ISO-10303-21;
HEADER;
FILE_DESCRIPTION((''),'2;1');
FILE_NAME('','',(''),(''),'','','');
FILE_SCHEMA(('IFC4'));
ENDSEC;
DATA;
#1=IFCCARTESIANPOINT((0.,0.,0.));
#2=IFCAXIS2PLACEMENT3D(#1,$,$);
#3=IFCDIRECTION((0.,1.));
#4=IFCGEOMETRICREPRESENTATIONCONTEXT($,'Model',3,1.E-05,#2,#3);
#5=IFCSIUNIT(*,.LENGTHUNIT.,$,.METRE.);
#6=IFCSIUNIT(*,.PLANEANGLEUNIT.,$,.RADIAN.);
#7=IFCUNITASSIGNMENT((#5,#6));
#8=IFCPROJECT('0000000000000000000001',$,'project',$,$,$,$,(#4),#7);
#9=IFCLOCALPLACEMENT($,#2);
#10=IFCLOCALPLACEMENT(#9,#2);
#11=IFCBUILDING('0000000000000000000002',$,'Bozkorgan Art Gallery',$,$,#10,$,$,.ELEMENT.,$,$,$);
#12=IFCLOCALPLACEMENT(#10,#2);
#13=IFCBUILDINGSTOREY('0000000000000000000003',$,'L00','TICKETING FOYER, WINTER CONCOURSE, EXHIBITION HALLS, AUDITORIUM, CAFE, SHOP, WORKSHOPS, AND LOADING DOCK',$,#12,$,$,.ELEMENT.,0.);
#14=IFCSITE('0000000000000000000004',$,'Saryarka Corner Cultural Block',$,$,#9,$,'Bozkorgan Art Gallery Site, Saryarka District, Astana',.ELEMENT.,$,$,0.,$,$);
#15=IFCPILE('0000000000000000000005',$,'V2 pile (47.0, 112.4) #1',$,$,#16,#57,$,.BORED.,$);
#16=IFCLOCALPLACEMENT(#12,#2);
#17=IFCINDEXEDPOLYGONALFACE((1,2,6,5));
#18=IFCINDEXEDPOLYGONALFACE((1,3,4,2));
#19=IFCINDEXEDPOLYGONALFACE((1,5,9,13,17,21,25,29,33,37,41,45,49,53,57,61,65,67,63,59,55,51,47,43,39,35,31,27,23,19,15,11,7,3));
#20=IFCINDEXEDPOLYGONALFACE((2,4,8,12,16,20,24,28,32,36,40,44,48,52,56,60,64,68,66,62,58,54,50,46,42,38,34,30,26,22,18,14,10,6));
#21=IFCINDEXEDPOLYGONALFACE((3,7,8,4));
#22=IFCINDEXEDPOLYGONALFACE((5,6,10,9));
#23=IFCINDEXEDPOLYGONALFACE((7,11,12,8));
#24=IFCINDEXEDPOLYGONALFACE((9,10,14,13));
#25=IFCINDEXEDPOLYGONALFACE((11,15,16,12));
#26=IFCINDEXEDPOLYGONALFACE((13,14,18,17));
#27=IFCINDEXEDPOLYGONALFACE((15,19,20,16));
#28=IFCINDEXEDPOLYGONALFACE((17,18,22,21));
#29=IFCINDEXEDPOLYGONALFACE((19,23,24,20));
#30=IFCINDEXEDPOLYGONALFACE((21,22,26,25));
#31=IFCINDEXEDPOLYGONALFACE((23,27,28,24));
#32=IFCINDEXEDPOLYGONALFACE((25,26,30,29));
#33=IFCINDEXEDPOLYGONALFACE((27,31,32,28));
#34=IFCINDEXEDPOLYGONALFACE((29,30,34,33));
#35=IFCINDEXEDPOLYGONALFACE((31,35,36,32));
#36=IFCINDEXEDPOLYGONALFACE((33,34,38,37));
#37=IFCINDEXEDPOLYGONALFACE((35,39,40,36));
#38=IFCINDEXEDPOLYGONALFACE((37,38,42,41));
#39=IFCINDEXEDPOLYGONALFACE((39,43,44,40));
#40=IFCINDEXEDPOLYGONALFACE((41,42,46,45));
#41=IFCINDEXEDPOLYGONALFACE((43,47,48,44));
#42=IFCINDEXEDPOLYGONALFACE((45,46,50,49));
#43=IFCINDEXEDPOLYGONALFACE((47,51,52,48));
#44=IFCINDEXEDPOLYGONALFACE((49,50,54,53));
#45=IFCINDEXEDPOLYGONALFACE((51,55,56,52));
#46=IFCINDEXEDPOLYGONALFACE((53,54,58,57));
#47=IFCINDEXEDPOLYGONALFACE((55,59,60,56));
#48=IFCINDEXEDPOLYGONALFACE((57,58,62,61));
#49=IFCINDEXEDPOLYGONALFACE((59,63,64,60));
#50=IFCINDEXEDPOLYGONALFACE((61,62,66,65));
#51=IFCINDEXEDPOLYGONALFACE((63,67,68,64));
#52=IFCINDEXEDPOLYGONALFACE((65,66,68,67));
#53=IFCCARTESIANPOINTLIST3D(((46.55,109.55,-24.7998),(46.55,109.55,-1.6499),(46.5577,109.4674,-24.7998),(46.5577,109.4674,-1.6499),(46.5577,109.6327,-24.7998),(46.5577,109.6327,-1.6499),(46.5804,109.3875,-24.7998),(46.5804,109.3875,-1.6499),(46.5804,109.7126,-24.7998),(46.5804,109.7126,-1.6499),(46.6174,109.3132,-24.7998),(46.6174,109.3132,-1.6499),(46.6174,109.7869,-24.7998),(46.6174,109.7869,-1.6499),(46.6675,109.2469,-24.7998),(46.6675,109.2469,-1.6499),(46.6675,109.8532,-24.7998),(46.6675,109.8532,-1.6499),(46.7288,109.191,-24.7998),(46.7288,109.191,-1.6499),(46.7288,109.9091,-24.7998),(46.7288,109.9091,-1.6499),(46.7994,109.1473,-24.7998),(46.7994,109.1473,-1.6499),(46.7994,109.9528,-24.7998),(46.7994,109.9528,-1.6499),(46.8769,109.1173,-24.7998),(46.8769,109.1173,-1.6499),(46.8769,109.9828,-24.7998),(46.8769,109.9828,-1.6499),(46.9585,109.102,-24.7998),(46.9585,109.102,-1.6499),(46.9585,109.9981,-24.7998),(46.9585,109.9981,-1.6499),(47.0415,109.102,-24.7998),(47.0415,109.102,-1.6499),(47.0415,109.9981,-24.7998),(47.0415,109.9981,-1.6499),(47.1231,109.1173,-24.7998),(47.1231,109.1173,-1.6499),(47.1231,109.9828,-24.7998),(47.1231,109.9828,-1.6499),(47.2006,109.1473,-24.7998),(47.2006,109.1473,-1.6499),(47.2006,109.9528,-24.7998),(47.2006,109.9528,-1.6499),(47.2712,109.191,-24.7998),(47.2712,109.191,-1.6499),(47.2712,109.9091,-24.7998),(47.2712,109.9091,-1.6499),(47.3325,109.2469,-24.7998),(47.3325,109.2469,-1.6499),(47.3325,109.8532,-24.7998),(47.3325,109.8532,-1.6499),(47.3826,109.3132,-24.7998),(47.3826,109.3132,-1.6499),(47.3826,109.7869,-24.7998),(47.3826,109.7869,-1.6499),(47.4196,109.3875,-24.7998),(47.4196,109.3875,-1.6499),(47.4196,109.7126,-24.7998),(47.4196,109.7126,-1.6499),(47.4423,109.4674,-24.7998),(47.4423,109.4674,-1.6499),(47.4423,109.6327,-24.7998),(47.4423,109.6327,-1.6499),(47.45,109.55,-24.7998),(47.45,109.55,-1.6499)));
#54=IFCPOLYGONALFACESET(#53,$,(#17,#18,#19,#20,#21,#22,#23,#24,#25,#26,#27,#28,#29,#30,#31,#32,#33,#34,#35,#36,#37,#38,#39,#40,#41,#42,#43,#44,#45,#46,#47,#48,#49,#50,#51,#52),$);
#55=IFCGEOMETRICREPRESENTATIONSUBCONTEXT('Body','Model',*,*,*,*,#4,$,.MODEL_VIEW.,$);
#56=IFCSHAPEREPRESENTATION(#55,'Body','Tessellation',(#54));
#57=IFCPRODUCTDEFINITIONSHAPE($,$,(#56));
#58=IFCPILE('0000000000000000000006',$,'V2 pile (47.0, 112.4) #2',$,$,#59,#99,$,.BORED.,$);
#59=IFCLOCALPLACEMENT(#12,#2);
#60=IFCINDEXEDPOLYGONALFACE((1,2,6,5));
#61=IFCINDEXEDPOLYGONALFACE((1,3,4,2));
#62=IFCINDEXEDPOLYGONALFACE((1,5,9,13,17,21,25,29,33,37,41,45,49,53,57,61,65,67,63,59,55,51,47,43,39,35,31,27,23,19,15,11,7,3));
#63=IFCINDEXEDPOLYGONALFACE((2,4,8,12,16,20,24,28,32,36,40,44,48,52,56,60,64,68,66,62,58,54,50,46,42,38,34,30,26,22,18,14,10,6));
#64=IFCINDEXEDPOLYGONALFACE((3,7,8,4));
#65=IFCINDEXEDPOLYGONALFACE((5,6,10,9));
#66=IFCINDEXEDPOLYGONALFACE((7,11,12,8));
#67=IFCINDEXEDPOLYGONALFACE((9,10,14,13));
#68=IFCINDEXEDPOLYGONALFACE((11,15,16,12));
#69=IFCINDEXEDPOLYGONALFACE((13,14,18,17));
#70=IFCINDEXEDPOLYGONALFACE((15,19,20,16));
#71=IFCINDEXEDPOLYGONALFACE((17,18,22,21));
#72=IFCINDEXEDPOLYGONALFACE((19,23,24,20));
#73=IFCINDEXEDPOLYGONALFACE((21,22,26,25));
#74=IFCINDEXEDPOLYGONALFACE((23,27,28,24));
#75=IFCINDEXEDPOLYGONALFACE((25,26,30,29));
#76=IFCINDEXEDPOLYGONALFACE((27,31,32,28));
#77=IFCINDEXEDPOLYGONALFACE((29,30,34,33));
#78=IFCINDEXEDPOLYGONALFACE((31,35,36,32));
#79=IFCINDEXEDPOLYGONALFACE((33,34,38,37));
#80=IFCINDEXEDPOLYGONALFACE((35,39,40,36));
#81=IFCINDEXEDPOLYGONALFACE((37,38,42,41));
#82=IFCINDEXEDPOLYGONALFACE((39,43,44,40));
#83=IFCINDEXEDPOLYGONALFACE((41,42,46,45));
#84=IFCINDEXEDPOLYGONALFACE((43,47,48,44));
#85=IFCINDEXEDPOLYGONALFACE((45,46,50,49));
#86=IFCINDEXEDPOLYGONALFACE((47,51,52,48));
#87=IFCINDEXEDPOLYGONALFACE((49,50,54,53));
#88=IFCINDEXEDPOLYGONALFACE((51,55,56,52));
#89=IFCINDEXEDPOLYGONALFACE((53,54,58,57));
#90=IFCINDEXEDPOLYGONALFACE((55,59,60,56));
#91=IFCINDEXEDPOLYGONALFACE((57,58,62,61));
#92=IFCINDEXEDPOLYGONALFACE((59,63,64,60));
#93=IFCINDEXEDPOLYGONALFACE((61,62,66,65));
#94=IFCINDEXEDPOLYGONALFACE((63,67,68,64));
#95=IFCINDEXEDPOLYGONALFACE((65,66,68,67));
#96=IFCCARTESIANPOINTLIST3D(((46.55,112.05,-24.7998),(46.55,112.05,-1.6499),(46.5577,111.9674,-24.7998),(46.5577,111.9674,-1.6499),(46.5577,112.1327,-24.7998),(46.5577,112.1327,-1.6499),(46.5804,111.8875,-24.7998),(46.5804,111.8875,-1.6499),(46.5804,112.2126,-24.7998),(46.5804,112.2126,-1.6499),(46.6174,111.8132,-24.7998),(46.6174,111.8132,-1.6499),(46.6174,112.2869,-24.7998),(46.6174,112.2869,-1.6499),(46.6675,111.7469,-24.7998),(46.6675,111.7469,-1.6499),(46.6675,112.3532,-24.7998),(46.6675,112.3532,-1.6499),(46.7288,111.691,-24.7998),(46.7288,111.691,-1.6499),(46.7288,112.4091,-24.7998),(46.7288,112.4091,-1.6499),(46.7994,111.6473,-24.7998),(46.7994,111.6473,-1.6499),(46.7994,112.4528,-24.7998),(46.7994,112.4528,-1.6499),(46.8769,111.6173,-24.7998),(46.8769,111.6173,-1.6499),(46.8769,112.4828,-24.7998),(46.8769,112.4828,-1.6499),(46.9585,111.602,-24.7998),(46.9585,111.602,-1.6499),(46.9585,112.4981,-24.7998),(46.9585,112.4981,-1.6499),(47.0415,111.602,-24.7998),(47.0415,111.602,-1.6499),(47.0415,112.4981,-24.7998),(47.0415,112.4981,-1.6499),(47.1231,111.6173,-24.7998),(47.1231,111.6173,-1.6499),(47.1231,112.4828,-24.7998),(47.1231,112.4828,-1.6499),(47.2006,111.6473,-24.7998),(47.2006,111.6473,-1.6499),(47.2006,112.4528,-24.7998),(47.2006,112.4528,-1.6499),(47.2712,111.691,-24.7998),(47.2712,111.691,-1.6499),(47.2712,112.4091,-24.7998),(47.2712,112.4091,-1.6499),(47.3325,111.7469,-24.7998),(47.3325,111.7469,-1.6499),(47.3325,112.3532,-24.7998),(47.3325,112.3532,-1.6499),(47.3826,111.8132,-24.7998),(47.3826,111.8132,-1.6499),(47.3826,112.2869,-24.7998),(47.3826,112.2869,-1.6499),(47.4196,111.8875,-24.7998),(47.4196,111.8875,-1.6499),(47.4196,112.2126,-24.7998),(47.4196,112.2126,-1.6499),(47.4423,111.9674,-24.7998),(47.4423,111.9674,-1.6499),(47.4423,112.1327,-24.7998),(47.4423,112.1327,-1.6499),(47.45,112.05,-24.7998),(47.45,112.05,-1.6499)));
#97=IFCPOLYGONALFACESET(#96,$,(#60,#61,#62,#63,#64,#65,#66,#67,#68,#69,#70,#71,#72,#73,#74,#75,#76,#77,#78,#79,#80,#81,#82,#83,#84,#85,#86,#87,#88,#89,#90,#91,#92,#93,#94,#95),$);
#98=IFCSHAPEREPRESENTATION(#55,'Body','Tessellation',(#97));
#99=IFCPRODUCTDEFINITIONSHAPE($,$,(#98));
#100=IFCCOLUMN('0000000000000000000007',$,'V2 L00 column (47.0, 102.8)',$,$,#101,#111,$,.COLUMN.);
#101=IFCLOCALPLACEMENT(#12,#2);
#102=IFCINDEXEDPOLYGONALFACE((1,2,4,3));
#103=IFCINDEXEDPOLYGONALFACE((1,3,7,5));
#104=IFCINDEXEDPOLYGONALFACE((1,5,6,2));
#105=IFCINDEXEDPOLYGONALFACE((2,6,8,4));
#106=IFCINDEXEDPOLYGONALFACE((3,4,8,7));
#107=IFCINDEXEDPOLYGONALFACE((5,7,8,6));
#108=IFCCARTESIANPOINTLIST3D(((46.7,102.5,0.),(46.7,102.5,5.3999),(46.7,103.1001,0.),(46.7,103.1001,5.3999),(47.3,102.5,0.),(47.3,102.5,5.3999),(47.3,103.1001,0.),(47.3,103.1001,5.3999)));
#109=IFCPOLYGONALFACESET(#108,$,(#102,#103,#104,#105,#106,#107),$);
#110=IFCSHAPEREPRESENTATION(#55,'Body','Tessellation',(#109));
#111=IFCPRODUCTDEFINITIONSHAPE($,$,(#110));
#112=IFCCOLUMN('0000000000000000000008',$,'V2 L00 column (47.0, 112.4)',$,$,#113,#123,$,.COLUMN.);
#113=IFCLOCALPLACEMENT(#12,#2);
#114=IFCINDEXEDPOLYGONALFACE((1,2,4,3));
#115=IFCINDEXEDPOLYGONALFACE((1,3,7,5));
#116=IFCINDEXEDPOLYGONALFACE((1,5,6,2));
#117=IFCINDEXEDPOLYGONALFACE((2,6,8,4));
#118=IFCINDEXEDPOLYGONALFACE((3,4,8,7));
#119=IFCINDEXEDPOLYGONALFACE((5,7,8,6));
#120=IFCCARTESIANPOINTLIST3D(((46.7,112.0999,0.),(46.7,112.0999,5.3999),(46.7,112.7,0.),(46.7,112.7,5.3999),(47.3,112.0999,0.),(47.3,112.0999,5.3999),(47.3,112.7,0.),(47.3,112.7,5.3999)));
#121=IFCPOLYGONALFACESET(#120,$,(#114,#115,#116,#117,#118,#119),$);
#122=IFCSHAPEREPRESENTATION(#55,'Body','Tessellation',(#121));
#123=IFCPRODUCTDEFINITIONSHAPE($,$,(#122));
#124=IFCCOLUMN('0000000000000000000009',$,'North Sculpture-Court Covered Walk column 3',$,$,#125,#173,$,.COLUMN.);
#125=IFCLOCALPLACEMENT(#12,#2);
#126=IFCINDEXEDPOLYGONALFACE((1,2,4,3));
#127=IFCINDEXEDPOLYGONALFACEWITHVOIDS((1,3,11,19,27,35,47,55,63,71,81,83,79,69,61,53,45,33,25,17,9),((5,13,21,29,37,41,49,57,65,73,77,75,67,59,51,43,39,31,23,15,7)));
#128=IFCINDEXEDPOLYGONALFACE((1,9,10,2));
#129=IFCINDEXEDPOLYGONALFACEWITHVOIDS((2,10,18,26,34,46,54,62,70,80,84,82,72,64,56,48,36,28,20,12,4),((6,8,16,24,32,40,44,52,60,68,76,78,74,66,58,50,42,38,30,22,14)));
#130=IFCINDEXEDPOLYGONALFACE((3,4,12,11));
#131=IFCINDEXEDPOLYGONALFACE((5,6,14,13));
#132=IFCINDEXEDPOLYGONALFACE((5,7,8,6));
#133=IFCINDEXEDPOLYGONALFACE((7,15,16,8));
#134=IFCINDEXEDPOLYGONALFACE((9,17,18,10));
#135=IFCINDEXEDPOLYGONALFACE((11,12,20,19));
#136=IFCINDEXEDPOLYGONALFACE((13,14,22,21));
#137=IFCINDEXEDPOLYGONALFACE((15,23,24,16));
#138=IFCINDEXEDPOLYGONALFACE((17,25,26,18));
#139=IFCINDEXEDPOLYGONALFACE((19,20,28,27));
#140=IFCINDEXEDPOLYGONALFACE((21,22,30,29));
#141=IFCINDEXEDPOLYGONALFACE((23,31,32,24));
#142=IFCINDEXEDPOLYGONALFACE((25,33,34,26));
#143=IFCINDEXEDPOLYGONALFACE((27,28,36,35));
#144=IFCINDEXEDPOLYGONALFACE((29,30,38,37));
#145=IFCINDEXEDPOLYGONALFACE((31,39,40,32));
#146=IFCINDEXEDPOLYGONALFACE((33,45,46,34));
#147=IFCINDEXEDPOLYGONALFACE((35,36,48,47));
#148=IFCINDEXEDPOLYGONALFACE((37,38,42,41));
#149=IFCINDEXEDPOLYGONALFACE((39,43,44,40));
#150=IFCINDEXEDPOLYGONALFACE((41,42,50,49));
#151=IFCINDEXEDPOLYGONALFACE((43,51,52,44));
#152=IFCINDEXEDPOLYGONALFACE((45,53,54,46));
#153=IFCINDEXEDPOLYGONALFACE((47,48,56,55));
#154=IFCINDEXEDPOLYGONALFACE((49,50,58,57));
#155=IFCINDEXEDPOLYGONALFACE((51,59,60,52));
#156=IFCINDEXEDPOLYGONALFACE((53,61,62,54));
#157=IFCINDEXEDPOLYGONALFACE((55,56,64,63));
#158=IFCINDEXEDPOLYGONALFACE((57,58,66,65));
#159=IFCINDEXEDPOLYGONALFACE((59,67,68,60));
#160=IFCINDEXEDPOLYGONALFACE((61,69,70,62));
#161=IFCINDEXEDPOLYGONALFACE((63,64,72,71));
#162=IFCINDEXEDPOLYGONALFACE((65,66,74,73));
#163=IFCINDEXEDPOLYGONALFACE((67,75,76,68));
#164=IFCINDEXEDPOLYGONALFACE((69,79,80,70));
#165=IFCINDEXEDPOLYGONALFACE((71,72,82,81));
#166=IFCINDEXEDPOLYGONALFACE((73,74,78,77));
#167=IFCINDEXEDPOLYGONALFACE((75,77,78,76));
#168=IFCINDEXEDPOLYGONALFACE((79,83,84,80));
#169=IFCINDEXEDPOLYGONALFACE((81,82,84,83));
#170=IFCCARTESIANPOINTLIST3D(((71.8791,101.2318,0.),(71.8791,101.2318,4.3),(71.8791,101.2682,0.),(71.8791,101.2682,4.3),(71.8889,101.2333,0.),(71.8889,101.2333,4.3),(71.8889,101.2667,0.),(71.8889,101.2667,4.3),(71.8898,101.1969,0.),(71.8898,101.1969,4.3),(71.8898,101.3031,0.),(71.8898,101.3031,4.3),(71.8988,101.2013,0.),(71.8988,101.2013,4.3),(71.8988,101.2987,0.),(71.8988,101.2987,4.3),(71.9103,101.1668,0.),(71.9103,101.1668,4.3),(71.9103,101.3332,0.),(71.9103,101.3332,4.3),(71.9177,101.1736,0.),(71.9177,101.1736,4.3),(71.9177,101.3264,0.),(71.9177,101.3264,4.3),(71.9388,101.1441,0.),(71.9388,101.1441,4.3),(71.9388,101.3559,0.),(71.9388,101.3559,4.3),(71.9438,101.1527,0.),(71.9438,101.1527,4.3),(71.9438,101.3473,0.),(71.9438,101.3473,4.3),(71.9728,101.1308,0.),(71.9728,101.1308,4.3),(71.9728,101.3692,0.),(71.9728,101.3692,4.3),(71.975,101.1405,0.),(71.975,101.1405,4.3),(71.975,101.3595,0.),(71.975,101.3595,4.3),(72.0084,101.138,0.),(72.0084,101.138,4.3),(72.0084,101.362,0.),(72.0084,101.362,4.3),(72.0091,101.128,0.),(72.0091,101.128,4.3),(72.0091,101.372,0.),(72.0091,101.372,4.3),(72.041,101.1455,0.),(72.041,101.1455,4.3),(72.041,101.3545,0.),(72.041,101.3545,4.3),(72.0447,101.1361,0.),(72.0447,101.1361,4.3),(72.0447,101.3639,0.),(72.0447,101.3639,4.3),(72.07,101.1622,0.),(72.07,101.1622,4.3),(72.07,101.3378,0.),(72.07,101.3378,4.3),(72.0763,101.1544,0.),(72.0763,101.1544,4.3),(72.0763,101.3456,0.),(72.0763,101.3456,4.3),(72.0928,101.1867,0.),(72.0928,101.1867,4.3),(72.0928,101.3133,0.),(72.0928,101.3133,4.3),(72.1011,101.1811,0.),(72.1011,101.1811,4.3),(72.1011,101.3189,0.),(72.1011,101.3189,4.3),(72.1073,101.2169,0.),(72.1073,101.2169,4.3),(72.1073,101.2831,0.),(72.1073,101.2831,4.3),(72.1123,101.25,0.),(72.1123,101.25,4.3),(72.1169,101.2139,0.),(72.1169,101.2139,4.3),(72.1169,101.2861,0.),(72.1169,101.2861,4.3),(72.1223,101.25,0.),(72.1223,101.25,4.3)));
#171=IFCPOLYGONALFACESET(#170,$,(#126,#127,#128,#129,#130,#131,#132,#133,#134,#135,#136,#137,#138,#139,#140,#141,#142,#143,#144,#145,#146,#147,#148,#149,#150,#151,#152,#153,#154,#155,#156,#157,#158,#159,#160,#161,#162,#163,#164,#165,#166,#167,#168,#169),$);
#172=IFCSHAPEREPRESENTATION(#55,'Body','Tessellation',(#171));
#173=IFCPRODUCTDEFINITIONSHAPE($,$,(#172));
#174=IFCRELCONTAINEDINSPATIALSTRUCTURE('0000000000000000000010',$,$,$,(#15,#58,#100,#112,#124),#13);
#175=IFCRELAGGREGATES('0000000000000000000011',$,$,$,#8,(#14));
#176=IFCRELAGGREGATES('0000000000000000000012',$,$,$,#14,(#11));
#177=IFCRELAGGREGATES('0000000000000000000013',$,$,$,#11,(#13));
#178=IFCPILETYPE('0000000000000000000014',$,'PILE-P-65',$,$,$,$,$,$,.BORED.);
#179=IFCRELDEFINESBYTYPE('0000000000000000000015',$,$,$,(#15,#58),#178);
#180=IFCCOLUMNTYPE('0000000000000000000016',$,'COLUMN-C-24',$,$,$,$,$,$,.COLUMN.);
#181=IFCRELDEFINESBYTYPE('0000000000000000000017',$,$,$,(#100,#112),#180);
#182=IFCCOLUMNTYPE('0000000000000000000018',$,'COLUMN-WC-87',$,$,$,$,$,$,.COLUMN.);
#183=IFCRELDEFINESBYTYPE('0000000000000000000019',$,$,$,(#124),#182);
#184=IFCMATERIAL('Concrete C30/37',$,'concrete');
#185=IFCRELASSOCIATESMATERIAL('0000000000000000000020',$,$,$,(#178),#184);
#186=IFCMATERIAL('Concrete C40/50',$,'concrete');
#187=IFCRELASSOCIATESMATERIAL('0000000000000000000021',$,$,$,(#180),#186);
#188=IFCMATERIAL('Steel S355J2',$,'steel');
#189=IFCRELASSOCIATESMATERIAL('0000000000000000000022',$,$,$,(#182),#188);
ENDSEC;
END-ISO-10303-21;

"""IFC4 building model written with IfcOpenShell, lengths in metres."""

from ifc_helpers import new_model, si_unit, direction, frame, origin, origin_2d, place, context, subcontext, project, spatial, rectangle, circle, hollow_circle, extrude, material, material_profile, profile_set, type_object, element, save


model = new_model("IFC4")

# Units and contexts
model_context = context("Model", 3, precision=1e-05, world=origin(), true_north=direction((0.0, 1.0)))
body_context = subcontext(model_context, "Body", "Model", "MODEL_VIEW")
ifc_project = project(units=[si_unit("LENGTHUNIT", "METRE"), si_unit("PLANEANGLEUNIT", "RADIAN")], contexts=[model_context])

# Site, building, storey
site_placement = place(None, origin())
site = spatial("IfcSite", under=ifc_project, at=site_placement, Name="Saryarka Corner Cultural Block", LongName="Bozkorgan Art Gallery Site, Saryarka District, Astana", CompositionType="ELEMENT", RefElevation=0.0)
building_placement = place(site_placement, origin())
building = spatial("IfcBuilding", under=site, at=building_placement, Name="Bozkorgan Art Gallery", CompositionType="ELEMENT")
storey_placement = place(building_placement, origin())
storey = spatial("IfcBuildingStorey", under=building, at=storey_placement, Name="L00", Description="TICKETING FOYER, WINTER CONCOURSE, EXHIBITION HALLS, AUDITORIUM, CAFE, SHOP, WORKSHOPS, AND LOADING DOCK", CompositionType="ELEMENT", Elevation=0.0)

# Shared definitions
ifc_material_1 = material(Name="Concrete C30/37", Category="concrete")

# Piles
ifc_material_profile_1 = material_profile(ifc_material_1, circle(Radius=0.45, at=origin_2d()), Name="PILE D900")
ifc_profile_set_1 = profile_set([ifc_material_profile_1], Name="Concrete C30/37")
pile_type = type_object("IfcPileType", Name="PILE-P-65", PredefinedType="BORED", material=ifc_profile_set_1)
for number, where, z_axis, x_axis, name in (
    (1, (47.0, 109.55, -1.6499), (0.0, 0.0, -1.0), (1.0, 0.0, 0.0), "V2 pile (47.0, 112.4) #1"),
    (2, (47.0, 112.05, -1.6499), (0.0, 0.0, -1.0), (1.0, 0.0, 0.0), "V2 pile (47.0, 112.4) #2"),
):
    element("IfcPile", number, at=place(storey_placement, frame(where, z_axis=z_axis, x_axis=x_axis)), inside=storey, type_object=pile_type, Name=name, PredefinedType="BORED", context=body_context, shape_type="SweptSolid", body=[
        extrude(circle(Radius=0.45, at=origin_2d()), origin(), (0.0, 0.0, 1.0), 23.1499),
    ])

# Columns
ifc_material_2 = material(Name="Concrete C40/50", Category="concrete")
ifc_material_profile_2 = material_profile(ifc_material_2, rectangle(XDim=0.6001, YDim=0.6001, at=origin_2d()), Name="RC 600x600")
ifc_profile_set_2 = profile_set([ifc_material_profile_2], Name="Concrete C40/50")
column_type_1 = type_object("IfcColumnType", Name="COLUMN-C-24", PredefinedType="COLUMN", material=ifc_profile_set_2)
for number, where, z_axis, x_axis, name in (
    (3, (47.0, 102.8, 0.0), (0.0, 0.0, 1.0), (1.0, 0.0, 0.0), "V2 L00 column (47.0, 102.8)"),
    (4, (47.0, 112.3999, 0.0), (0.0, 0.0, 1.0), (1.0, 0.0, 0.0), "V2 L00 column (47.0, 112.4)"),
):
    element("IfcColumn", number, at=place(storey_placement, frame(where, z_axis=z_axis, x_axis=x_axis)), inside=storey, type_object=column_type_1, Name=name, PredefinedType="COLUMN", context=body_context, shape_type="SweptSolid", body=[
        extrude(rectangle(XDim=0.6001, YDim=0.6001, at=origin_2d()), origin(), (0.0, 0.0, 1.0), 5.3999),
    ])
ifc_material_3 = material(Name="Steel S355J2", Category="steel")
ifc_material_profile_3 = material_profile(ifc_material_3, hollow_circle(Radius=0.1223, WallThickness=0.01, at=origin_2d()), Name="CHS 244.5x10")
ifc_profile_set_3 = profile_set([ifc_material_profile_3], Name="Steel S355J2")
column_type_2 = type_object("IfcColumnType", Name="COLUMN-WC-87", PredefinedType="COLUMN", material=ifc_profile_set_3)
for number, where, z_axis, x_axis, name in (
    (5, (72.0, 101.25, 0.0), (0.0, 0.0, 1.0), (1.0, 0.0, 0.0), "North Sculpture-Court Covered Walk column 3"),
):
    element("IfcColumn", number, at=place(storey_placement, frame(where, z_axis=z_axis, x_axis=x_axis)), inside=storey, type_object=column_type_2, Name=name, PredefinedType="COLUMN", context=body_context, shape_type="SweptSolid", body=[
        extrude(hollow_circle(Radius=0.1223, WallThickness=0.01, at=origin_2d()), origin(), (0.0, 0.0, 1.0), 4.3),
    ])

save(model, "model.ifc")
